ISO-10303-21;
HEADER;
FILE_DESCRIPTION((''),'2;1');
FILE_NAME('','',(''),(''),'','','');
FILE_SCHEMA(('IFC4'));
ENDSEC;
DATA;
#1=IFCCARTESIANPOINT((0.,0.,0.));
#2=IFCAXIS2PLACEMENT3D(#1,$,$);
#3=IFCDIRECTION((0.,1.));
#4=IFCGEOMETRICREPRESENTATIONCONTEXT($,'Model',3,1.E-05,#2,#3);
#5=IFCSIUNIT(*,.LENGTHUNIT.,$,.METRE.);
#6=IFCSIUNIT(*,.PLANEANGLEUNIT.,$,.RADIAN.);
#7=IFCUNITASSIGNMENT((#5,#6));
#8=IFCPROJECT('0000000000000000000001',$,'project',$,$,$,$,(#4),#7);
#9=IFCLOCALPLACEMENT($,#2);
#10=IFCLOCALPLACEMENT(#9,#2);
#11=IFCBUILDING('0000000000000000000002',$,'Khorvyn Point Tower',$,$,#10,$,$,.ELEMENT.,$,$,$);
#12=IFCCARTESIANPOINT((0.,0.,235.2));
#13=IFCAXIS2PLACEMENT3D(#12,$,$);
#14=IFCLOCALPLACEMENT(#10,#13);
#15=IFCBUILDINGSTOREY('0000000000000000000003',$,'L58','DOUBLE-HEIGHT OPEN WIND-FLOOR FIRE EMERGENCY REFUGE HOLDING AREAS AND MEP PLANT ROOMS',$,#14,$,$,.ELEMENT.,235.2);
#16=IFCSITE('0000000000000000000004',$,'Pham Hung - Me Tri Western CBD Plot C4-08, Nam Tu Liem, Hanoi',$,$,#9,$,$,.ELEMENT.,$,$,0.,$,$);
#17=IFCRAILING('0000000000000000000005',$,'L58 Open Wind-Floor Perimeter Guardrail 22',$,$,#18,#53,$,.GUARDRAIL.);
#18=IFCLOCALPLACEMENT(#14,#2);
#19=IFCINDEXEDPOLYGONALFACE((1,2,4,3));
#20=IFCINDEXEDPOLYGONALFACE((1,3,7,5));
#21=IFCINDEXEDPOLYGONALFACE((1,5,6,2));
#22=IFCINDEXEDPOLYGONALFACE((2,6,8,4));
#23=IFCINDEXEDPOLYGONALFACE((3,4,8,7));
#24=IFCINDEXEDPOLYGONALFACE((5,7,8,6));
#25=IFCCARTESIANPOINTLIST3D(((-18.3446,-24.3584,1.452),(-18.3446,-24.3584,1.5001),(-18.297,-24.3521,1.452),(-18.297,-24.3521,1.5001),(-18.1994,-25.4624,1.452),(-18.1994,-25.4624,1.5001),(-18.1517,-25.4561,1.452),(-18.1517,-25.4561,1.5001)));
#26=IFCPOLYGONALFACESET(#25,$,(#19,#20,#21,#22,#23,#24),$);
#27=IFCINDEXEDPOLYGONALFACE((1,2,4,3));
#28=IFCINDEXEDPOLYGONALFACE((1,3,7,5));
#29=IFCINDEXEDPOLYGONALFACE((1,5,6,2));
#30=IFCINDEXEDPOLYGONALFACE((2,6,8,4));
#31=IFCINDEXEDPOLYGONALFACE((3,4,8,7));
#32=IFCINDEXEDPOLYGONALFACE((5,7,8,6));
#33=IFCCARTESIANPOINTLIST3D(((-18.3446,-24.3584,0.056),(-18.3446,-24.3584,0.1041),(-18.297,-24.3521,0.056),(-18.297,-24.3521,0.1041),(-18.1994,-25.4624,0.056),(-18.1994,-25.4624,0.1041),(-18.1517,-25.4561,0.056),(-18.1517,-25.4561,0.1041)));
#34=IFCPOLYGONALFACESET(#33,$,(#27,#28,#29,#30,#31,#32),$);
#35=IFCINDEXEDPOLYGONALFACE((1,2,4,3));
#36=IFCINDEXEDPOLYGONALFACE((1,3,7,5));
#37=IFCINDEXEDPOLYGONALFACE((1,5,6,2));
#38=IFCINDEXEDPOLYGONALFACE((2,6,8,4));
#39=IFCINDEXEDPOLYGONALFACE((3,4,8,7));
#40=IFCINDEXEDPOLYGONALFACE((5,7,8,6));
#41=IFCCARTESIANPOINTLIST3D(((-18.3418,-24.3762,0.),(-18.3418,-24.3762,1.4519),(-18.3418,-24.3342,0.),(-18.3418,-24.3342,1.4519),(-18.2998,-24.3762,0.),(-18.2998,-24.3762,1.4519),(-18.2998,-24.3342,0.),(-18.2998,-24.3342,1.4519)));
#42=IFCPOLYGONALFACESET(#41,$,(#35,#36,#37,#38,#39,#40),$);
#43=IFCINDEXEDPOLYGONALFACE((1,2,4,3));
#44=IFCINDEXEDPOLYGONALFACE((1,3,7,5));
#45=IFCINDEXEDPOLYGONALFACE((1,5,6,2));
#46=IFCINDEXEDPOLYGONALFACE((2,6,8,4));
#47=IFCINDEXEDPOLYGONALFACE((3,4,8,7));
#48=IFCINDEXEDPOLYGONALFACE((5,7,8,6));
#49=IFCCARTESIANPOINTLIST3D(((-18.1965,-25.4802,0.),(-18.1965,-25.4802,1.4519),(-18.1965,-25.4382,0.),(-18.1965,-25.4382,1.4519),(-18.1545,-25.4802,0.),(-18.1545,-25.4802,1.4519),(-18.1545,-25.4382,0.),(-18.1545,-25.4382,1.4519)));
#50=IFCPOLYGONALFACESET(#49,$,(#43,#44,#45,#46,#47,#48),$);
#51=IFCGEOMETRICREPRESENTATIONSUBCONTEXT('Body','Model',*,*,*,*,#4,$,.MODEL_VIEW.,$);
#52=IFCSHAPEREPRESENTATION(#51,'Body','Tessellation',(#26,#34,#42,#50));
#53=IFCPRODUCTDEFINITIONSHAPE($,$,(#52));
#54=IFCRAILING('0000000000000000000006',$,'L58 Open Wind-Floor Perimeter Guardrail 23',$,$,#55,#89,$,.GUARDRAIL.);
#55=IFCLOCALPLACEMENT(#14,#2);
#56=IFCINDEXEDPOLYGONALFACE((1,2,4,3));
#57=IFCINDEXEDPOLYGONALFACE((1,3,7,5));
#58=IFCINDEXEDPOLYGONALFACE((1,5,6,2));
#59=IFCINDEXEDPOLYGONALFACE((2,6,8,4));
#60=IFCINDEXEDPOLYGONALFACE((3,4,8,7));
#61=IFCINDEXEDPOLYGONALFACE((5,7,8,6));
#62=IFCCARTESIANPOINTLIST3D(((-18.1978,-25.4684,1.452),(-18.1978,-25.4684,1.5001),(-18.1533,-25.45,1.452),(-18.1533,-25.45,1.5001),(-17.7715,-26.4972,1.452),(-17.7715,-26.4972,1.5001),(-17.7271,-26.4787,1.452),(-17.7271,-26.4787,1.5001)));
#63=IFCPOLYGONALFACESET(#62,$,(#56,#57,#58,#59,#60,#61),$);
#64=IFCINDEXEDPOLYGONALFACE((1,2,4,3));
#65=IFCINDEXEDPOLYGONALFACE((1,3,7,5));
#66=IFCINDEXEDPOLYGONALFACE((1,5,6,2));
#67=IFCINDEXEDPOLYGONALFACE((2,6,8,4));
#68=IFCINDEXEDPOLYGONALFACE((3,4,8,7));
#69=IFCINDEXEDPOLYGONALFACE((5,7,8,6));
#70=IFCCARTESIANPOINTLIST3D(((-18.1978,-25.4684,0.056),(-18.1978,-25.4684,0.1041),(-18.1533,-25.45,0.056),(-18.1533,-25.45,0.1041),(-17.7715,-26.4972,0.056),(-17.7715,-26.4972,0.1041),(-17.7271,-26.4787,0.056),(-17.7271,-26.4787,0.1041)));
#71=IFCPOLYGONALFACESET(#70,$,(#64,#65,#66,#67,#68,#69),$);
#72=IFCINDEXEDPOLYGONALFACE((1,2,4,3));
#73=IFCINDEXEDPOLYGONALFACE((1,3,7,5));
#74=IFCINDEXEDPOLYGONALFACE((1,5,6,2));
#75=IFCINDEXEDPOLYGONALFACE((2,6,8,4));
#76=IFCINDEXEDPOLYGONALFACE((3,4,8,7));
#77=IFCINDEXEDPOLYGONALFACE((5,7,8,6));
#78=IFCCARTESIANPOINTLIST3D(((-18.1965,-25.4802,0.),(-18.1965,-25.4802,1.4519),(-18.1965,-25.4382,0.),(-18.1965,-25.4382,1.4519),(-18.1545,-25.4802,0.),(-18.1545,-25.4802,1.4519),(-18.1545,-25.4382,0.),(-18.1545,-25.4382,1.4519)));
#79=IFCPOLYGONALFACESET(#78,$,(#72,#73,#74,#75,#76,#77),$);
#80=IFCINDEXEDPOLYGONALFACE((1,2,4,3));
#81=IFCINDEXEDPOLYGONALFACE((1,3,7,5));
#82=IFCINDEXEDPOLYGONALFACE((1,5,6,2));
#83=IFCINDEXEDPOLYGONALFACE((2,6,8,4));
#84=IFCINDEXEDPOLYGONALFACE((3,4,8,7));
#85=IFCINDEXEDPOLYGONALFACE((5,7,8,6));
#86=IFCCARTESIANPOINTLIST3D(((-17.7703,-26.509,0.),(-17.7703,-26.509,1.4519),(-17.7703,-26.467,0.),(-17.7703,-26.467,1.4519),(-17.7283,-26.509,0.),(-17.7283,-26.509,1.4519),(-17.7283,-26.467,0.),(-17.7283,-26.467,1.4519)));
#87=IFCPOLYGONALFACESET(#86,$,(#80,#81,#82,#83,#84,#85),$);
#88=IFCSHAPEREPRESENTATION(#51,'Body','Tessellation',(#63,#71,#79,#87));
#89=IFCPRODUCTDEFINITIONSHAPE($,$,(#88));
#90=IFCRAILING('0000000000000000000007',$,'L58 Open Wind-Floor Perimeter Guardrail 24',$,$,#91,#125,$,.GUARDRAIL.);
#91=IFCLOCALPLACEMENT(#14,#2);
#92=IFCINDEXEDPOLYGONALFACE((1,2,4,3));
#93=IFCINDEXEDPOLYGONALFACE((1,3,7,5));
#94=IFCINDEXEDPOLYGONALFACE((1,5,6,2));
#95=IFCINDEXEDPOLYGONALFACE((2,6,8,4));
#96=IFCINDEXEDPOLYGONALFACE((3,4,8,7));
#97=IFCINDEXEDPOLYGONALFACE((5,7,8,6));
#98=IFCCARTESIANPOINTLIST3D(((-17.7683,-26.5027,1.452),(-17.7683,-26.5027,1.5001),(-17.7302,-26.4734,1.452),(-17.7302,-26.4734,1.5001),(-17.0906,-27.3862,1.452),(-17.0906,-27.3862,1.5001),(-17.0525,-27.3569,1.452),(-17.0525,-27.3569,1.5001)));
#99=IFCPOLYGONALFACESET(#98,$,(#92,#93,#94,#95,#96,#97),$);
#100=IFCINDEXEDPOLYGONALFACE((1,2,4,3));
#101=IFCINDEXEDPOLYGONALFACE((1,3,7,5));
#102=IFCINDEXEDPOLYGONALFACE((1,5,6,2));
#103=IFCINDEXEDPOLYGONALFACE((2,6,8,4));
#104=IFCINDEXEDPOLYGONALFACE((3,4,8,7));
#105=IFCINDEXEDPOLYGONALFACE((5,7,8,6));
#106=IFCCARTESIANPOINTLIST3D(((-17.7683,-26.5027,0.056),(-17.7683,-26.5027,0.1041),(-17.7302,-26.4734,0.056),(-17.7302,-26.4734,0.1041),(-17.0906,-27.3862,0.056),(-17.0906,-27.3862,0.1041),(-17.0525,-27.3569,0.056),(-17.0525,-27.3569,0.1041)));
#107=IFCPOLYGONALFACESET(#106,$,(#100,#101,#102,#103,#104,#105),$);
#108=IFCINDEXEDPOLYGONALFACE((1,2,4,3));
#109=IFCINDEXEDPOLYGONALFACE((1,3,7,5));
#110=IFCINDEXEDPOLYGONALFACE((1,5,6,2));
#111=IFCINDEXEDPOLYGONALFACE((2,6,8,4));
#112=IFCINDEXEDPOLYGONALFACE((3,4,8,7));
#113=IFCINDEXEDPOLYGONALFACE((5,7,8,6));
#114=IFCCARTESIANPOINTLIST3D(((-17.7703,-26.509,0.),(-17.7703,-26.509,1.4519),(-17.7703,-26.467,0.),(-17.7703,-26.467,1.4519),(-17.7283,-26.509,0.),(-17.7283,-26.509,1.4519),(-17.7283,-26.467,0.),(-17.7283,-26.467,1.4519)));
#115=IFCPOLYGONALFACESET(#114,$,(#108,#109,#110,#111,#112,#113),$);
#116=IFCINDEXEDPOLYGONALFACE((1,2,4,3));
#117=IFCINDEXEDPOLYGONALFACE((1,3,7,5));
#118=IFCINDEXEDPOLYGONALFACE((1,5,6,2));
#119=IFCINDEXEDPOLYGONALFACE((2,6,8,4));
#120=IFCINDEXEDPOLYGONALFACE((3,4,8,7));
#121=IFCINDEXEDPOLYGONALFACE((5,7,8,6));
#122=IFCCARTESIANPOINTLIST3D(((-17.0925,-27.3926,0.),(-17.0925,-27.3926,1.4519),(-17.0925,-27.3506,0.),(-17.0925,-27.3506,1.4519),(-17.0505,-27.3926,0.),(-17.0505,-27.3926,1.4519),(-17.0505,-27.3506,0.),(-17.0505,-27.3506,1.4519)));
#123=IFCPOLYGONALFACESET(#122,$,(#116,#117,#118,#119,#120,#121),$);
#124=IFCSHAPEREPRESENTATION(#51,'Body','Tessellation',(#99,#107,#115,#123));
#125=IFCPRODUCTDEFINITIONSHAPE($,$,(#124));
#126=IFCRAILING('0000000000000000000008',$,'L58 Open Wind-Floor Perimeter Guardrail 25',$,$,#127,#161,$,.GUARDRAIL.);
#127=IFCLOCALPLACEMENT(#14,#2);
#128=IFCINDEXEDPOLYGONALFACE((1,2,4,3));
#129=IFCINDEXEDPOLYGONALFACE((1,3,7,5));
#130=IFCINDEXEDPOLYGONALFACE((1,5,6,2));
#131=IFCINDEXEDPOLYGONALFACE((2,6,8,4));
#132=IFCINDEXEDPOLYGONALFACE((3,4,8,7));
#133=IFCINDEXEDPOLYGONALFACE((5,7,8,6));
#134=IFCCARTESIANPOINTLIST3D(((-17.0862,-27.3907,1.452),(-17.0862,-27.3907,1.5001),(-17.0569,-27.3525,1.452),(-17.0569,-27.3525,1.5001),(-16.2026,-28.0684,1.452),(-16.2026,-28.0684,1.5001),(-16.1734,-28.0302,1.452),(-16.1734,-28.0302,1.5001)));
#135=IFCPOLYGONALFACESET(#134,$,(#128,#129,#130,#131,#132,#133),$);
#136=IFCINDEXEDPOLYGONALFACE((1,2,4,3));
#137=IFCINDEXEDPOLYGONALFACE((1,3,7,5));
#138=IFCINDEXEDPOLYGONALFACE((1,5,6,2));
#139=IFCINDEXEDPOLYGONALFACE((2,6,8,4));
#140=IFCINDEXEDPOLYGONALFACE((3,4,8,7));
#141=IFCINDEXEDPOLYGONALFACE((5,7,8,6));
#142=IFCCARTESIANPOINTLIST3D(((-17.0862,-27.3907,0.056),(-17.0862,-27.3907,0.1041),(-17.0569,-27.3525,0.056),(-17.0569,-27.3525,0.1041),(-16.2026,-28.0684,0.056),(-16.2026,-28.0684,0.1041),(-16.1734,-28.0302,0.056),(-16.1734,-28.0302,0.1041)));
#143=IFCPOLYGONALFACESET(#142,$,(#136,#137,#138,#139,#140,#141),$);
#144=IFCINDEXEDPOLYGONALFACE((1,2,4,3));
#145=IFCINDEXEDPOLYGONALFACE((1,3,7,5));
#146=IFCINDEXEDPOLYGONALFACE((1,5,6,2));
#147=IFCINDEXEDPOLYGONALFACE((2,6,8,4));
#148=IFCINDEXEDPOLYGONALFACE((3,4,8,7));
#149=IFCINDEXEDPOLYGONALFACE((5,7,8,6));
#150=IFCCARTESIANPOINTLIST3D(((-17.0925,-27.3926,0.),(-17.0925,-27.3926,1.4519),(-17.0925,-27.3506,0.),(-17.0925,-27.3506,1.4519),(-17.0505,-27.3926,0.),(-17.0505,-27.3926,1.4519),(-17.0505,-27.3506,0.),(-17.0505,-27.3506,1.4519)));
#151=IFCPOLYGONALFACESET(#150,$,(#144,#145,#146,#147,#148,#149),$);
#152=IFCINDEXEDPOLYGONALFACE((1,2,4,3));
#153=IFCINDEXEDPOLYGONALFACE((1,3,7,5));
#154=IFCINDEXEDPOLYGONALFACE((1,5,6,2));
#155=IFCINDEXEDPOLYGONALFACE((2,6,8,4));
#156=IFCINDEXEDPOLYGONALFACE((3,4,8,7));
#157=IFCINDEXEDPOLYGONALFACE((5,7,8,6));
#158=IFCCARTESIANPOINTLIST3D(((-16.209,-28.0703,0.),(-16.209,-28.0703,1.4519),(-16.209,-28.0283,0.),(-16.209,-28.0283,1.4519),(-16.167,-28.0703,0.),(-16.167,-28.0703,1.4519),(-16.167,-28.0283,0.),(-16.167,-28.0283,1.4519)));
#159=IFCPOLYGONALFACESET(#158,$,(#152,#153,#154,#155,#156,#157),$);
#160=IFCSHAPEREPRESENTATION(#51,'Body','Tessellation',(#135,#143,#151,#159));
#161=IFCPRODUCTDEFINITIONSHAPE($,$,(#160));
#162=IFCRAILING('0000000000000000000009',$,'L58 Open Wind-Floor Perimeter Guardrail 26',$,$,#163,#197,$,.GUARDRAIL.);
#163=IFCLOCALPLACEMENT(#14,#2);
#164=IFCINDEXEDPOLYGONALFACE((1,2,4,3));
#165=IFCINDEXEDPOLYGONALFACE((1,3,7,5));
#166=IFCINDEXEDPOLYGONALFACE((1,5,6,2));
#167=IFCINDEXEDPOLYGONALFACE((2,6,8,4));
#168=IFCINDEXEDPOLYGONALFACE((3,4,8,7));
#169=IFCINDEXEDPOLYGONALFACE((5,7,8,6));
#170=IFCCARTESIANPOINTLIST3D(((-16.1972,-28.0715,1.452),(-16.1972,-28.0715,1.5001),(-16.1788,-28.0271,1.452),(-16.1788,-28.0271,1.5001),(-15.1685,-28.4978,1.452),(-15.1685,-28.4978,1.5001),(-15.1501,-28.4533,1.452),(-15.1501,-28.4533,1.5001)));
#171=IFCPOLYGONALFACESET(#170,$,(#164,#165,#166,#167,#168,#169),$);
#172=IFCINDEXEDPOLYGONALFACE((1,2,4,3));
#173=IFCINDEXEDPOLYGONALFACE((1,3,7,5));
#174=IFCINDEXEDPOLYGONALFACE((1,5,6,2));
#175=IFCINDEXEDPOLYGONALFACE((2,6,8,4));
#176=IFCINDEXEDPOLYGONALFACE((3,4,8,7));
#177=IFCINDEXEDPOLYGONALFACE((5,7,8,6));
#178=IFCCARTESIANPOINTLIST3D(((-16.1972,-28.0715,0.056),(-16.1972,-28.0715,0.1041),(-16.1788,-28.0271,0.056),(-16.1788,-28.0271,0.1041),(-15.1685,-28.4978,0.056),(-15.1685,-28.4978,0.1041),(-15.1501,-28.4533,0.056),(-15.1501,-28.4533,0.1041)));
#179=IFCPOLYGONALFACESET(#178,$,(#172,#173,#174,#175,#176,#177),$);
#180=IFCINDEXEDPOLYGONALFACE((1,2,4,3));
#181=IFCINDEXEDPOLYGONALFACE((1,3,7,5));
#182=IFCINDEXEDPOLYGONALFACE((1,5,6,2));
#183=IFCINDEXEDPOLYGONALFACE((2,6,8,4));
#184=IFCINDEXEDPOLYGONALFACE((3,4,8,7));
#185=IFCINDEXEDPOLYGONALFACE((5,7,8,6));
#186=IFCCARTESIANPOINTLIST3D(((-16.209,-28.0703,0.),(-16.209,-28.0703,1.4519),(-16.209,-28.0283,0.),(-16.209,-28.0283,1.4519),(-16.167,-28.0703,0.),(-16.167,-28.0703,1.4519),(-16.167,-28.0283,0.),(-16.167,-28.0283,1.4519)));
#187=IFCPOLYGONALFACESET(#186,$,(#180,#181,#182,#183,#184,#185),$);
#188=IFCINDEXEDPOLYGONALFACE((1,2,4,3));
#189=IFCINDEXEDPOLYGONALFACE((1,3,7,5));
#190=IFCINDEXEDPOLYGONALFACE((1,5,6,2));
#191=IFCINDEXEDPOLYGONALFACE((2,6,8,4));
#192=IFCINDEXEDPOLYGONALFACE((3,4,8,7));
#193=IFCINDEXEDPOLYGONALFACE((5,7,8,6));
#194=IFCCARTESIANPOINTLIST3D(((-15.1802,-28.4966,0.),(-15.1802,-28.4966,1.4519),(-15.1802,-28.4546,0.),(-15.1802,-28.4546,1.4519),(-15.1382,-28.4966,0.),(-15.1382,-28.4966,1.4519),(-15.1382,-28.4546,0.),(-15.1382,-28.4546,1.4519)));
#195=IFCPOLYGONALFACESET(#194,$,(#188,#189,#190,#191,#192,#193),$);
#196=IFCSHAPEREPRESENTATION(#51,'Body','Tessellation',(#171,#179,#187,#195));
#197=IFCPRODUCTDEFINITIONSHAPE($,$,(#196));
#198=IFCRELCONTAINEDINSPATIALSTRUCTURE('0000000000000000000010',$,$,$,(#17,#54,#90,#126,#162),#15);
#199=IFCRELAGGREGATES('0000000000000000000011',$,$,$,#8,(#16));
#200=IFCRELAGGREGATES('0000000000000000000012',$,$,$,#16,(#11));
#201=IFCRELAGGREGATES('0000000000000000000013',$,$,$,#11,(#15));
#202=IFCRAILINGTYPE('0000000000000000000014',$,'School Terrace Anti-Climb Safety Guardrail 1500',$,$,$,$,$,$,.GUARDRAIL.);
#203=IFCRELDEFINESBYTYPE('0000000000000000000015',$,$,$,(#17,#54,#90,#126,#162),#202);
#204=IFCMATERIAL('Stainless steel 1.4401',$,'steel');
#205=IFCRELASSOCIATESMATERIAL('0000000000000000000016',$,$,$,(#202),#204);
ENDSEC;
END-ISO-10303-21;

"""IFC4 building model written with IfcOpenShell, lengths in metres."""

from ifc_helpers import new_model, si_unit, direction, frame, origin, origin_2d, place, context, subcontext, project, spatial, rectangle, extrude, material, type_object, element, save


model = new_model("IFC4")

# Units and contexts
model_context = context("Model", 3, precision=1e-05, world=origin(), true_north=direction((0.0, 1.0)))
body_context = subcontext(model_context, "Body", "Model", "MODEL_VIEW")
ifc_project = project(units=[si_unit("LENGTHUNIT", "METRE"), si_unit("PLANEANGLEUNIT", "RADIAN")], contexts=[model_context])

# Site, building, storey
site_placement = place(None, origin())
site = spatial("IfcSite", under=ifc_project, at=site_placement, Name="Pham Hung - Me Tri Western CBD Plot C4-08, Nam Tu Liem, Hanoi", CompositionType="ELEMENT", RefElevation=0.0)
building_placement = place(site_placement, origin())
building = spatial("IfcBuilding", under=site, at=building_placement, Name="Khorvyn Point Tower", CompositionType="ELEMENT")
storey_placement = place(building_placement, frame((0.0, 0.0, 235.2)))
storey = spatial("IfcBuildingStorey", under=building, at=storey_placement, Name="L58", Description="DOUBLE-HEIGHT OPEN WIND-FLOOR FIRE EMERGENCY REFUGE HOLDING AREAS AND MEP PLANT ROOMS", CompositionType="ELEMENT", Elevation=235.2)

# Railings
ifc_material_1 = material(Name="Stainless steel 1.4401", Category="steel")
railing_type = type_object("IfcRailingType", Name="School Terrace Anti-Climb Safety Guardrail 1500", PredefinedType="GUARDRAIL", material=ifc_material_1)
railing_1_placement = place(storey_placement, frame((-18.3208, -24.3552, 0.0)))
element("IfcRailing", 1, at=railing_1_placement, inside=storey, type_object=railing_type, Name="L58 Open Wind-Floor Perimeter Guardrail 22", PredefinedType="GUARDRAIL", context=body_context, shape_type="SweptSolid", body=[
    extrude(rectangle(XDim=0.0481, YDim=0.0481, at=origin_2d()), frame((0.0, 0.0, 1.4761), z_axis=(0.130455, -0.991454, 0.0), x_axis=(0.991454, 0.130455, 0.0)), (0.0, 0.0, 1.0), 1.1135),
    extrude(rectangle(XDim=0.0481, YDim=0.0481, at=origin_2d()), frame((0.0, 0.0, 0.0801), z_axis=(0.130455, -0.991454, 0.0), x_axis=(0.991454, 0.130455, 0.0)), (0.0, 0.0, 1.0), 1.1135),
    extrude(rectangle(XDim=0.042, YDim=0.042, at=origin_2d()), origin(), (0.0, 0.0, 1.0), 1.4519),
    extrude(rectangle(XDim=0.042, YDim=0.042, at=origin_2d()), frame((0.1453, -1.104, 0.0)), (0.0, 0.0, 1.0), 1.4519),
])
railing_2_placement = place(storey_placement, frame((-18.1755, -25.4592, 0.0)))
element("IfcRailing", 2, at=railing_2_placement, inside=storey, type_object=railing_type, Name="L58 Open Wind-Floor Perimeter Guardrail 23", PredefinedType="GUARDRAIL", context=body_context, shape_type="SweptSolid", body=[
    extrude(rectangle(XDim=0.0481, YDim=0.0481, at=origin_2d()), frame((0.0, 0.0, 1.4761), z_axis=(0.382778, -0.92384, 0.0), x_axis=(0.92384, 0.382778, 0.0)), (0.0, 0.0, 1.0), 1.1135),
    extrude(rectangle(XDim=0.0481, YDim=0.0481, at=origin_2d()), frame((0.0, 0.0, 0.0801), z_axis=(0.382778, -0.92384, 0.0), x_axis=(0.92384, 0.382778, 0.0)), (0.0, 0.0, 1.0), 1.1135),
    extrude(rectangle(XDim=0.042, YDim=0.042, at=origin_2d()), origin(), (0.0, 0.0, 1.0), 1.4519),
    extrude(rectangle(XDim=0.042, YDim=0.042, at=origin_2d()), frame((0.4263, -1.0288, 0.0)), (0.0, 0.0, 1.0), 1.4519),
])
railing_3_placement = place(storey_placement, frame((-17.7493, -26.488, 0.0)))
element("IfcRailing", 3, at=railing_3_placement, inside=storey, type_object=railing_type, Name="L58 Open Wind-Floor Perimeter Guardrail 24", PredefinedType="GUARDRAIL", context=body_context, shape_type="SweptSolid", body=[
    extrude(rectangle(XDim=0.0481, YDim=0.0481, at=origin_2d()), frame((0.0, 0.0, 1.4761), z_axis=(0.608629, -0.793455, 0.0), x_axis=(0.793455, 0.608629, 0.0)), (0.0, 0.0, 1.0), 1.1135),
    extrude(rectangle(XDim=0.0481, YDim=0.0481, at=origin_2d()), frame((0.0, 0.0, 0.0801), z_axis=(0.608629, -0.793455, 0.0), x_axis=(0.793455, 0.608629, 0.0)), (0.0, 0.0, 1.0), 1.1135),
    extrude(rectangle(XDim=0.042, YDim=0.042, at=origin_2d()), origin(), (0.0, 0.0, 1.0), 1.4519),
    extrude(rectangle(XDim=0.042, YDim=0.042, at=origin_2d()), frame((0.6777, -0.8835, 0.0)), (0.0, 0.0, 1.0), 1.4519),
])
railing_4_placement = place(storey_placement, frame((-17.0715, -27.3716, 0.0)))
element("IfcRailing", 4, at=railing_4_placement, inside=storey, type_object=railing_type, Name="L58 Open Wind-Floor Perimeter Guardrail 25", PredefinedType="GUARDRAIL", context=body_context, shape_type="SweptSolid", body=[
    extrude(rectangle(XDim=0.0481, YDim=0.0481, at=origin_2d()), frame((0.0, 0.0, 1.4761), z_axis=(0.793455, -0.608629, 0.0), x_axis=(0.608629, 0.793455, 0.0)), (0.0, 0.0, 1.0), 1.1135),
    extrude(rectangle(XDim=0.0481, YDim=0.0481, at=origin_2d()), frame((0.0, 0.0, 0.0801), z_axis=(0.793455, -0.608629, 0.0), x_axis=(0.608629, 0.793455, 0.0)), (0.0, 0.0, 1.0), 1.1135),
    extrude(rectangle(XDim=0.042, YDim=0.042, at=origin_2d()), origin(), (0.0, 0.0, 1.0), 1.4519),
    extrude(rectangle(XDim=0.042, YDim=0.042, at=origin_2d()), frame((0.8835, -0.6777, 0.0)), (0.0, 0.0, 1.0), 1.4519),
])
railing_5_placement = place(storey_placement, frame((-16.188, -28.0493, 0.0)))
element("IfcRailing", 5, at=railing_5_placement, inside=storey, type_object=railing_type, Name="L58 Open Wind-Floor Perimeter Guardrail 26", PredefinedType="GUARDRAIL", context=body_context, shape_type="SweptSolid", body=[
    extrude(rectangle(XDim=0.0481, YDim=0.0481, at=origin_2d()), frame((0.0, 0.0, 1.4761), z_axis=(0.92384, -0.382778, 0.0), x_axis=(0.382778, 0.92384, 0.0)), (0.0, 0.0, 1.0), 1.1135),
    extrude(rectangle(XDim=0.0481, YDim=0.0481, at=origin_2d()), frame((0.0, 0.0, 0.0801), z_axis=(0.92384, -0.382778, 0.0), x_axis=(0.382778, 0.92384, 0.0)), (0.0, 0.0, 1.0), 1.1135),
    extrude(rectangle(XDim=0.042, YDim=0.042, at=origin_2d()), origin(), (0.0, 0.0, 1.0), 1.4519),
    extrude(rectangle(XDim=0.042, YDim=0.042, at=origin_2d()), frame((1.0288, -0.4263, 0.0)), (0.0, 0.0, 1.0), 1.4519),
])

save(model, "model.ifc")
